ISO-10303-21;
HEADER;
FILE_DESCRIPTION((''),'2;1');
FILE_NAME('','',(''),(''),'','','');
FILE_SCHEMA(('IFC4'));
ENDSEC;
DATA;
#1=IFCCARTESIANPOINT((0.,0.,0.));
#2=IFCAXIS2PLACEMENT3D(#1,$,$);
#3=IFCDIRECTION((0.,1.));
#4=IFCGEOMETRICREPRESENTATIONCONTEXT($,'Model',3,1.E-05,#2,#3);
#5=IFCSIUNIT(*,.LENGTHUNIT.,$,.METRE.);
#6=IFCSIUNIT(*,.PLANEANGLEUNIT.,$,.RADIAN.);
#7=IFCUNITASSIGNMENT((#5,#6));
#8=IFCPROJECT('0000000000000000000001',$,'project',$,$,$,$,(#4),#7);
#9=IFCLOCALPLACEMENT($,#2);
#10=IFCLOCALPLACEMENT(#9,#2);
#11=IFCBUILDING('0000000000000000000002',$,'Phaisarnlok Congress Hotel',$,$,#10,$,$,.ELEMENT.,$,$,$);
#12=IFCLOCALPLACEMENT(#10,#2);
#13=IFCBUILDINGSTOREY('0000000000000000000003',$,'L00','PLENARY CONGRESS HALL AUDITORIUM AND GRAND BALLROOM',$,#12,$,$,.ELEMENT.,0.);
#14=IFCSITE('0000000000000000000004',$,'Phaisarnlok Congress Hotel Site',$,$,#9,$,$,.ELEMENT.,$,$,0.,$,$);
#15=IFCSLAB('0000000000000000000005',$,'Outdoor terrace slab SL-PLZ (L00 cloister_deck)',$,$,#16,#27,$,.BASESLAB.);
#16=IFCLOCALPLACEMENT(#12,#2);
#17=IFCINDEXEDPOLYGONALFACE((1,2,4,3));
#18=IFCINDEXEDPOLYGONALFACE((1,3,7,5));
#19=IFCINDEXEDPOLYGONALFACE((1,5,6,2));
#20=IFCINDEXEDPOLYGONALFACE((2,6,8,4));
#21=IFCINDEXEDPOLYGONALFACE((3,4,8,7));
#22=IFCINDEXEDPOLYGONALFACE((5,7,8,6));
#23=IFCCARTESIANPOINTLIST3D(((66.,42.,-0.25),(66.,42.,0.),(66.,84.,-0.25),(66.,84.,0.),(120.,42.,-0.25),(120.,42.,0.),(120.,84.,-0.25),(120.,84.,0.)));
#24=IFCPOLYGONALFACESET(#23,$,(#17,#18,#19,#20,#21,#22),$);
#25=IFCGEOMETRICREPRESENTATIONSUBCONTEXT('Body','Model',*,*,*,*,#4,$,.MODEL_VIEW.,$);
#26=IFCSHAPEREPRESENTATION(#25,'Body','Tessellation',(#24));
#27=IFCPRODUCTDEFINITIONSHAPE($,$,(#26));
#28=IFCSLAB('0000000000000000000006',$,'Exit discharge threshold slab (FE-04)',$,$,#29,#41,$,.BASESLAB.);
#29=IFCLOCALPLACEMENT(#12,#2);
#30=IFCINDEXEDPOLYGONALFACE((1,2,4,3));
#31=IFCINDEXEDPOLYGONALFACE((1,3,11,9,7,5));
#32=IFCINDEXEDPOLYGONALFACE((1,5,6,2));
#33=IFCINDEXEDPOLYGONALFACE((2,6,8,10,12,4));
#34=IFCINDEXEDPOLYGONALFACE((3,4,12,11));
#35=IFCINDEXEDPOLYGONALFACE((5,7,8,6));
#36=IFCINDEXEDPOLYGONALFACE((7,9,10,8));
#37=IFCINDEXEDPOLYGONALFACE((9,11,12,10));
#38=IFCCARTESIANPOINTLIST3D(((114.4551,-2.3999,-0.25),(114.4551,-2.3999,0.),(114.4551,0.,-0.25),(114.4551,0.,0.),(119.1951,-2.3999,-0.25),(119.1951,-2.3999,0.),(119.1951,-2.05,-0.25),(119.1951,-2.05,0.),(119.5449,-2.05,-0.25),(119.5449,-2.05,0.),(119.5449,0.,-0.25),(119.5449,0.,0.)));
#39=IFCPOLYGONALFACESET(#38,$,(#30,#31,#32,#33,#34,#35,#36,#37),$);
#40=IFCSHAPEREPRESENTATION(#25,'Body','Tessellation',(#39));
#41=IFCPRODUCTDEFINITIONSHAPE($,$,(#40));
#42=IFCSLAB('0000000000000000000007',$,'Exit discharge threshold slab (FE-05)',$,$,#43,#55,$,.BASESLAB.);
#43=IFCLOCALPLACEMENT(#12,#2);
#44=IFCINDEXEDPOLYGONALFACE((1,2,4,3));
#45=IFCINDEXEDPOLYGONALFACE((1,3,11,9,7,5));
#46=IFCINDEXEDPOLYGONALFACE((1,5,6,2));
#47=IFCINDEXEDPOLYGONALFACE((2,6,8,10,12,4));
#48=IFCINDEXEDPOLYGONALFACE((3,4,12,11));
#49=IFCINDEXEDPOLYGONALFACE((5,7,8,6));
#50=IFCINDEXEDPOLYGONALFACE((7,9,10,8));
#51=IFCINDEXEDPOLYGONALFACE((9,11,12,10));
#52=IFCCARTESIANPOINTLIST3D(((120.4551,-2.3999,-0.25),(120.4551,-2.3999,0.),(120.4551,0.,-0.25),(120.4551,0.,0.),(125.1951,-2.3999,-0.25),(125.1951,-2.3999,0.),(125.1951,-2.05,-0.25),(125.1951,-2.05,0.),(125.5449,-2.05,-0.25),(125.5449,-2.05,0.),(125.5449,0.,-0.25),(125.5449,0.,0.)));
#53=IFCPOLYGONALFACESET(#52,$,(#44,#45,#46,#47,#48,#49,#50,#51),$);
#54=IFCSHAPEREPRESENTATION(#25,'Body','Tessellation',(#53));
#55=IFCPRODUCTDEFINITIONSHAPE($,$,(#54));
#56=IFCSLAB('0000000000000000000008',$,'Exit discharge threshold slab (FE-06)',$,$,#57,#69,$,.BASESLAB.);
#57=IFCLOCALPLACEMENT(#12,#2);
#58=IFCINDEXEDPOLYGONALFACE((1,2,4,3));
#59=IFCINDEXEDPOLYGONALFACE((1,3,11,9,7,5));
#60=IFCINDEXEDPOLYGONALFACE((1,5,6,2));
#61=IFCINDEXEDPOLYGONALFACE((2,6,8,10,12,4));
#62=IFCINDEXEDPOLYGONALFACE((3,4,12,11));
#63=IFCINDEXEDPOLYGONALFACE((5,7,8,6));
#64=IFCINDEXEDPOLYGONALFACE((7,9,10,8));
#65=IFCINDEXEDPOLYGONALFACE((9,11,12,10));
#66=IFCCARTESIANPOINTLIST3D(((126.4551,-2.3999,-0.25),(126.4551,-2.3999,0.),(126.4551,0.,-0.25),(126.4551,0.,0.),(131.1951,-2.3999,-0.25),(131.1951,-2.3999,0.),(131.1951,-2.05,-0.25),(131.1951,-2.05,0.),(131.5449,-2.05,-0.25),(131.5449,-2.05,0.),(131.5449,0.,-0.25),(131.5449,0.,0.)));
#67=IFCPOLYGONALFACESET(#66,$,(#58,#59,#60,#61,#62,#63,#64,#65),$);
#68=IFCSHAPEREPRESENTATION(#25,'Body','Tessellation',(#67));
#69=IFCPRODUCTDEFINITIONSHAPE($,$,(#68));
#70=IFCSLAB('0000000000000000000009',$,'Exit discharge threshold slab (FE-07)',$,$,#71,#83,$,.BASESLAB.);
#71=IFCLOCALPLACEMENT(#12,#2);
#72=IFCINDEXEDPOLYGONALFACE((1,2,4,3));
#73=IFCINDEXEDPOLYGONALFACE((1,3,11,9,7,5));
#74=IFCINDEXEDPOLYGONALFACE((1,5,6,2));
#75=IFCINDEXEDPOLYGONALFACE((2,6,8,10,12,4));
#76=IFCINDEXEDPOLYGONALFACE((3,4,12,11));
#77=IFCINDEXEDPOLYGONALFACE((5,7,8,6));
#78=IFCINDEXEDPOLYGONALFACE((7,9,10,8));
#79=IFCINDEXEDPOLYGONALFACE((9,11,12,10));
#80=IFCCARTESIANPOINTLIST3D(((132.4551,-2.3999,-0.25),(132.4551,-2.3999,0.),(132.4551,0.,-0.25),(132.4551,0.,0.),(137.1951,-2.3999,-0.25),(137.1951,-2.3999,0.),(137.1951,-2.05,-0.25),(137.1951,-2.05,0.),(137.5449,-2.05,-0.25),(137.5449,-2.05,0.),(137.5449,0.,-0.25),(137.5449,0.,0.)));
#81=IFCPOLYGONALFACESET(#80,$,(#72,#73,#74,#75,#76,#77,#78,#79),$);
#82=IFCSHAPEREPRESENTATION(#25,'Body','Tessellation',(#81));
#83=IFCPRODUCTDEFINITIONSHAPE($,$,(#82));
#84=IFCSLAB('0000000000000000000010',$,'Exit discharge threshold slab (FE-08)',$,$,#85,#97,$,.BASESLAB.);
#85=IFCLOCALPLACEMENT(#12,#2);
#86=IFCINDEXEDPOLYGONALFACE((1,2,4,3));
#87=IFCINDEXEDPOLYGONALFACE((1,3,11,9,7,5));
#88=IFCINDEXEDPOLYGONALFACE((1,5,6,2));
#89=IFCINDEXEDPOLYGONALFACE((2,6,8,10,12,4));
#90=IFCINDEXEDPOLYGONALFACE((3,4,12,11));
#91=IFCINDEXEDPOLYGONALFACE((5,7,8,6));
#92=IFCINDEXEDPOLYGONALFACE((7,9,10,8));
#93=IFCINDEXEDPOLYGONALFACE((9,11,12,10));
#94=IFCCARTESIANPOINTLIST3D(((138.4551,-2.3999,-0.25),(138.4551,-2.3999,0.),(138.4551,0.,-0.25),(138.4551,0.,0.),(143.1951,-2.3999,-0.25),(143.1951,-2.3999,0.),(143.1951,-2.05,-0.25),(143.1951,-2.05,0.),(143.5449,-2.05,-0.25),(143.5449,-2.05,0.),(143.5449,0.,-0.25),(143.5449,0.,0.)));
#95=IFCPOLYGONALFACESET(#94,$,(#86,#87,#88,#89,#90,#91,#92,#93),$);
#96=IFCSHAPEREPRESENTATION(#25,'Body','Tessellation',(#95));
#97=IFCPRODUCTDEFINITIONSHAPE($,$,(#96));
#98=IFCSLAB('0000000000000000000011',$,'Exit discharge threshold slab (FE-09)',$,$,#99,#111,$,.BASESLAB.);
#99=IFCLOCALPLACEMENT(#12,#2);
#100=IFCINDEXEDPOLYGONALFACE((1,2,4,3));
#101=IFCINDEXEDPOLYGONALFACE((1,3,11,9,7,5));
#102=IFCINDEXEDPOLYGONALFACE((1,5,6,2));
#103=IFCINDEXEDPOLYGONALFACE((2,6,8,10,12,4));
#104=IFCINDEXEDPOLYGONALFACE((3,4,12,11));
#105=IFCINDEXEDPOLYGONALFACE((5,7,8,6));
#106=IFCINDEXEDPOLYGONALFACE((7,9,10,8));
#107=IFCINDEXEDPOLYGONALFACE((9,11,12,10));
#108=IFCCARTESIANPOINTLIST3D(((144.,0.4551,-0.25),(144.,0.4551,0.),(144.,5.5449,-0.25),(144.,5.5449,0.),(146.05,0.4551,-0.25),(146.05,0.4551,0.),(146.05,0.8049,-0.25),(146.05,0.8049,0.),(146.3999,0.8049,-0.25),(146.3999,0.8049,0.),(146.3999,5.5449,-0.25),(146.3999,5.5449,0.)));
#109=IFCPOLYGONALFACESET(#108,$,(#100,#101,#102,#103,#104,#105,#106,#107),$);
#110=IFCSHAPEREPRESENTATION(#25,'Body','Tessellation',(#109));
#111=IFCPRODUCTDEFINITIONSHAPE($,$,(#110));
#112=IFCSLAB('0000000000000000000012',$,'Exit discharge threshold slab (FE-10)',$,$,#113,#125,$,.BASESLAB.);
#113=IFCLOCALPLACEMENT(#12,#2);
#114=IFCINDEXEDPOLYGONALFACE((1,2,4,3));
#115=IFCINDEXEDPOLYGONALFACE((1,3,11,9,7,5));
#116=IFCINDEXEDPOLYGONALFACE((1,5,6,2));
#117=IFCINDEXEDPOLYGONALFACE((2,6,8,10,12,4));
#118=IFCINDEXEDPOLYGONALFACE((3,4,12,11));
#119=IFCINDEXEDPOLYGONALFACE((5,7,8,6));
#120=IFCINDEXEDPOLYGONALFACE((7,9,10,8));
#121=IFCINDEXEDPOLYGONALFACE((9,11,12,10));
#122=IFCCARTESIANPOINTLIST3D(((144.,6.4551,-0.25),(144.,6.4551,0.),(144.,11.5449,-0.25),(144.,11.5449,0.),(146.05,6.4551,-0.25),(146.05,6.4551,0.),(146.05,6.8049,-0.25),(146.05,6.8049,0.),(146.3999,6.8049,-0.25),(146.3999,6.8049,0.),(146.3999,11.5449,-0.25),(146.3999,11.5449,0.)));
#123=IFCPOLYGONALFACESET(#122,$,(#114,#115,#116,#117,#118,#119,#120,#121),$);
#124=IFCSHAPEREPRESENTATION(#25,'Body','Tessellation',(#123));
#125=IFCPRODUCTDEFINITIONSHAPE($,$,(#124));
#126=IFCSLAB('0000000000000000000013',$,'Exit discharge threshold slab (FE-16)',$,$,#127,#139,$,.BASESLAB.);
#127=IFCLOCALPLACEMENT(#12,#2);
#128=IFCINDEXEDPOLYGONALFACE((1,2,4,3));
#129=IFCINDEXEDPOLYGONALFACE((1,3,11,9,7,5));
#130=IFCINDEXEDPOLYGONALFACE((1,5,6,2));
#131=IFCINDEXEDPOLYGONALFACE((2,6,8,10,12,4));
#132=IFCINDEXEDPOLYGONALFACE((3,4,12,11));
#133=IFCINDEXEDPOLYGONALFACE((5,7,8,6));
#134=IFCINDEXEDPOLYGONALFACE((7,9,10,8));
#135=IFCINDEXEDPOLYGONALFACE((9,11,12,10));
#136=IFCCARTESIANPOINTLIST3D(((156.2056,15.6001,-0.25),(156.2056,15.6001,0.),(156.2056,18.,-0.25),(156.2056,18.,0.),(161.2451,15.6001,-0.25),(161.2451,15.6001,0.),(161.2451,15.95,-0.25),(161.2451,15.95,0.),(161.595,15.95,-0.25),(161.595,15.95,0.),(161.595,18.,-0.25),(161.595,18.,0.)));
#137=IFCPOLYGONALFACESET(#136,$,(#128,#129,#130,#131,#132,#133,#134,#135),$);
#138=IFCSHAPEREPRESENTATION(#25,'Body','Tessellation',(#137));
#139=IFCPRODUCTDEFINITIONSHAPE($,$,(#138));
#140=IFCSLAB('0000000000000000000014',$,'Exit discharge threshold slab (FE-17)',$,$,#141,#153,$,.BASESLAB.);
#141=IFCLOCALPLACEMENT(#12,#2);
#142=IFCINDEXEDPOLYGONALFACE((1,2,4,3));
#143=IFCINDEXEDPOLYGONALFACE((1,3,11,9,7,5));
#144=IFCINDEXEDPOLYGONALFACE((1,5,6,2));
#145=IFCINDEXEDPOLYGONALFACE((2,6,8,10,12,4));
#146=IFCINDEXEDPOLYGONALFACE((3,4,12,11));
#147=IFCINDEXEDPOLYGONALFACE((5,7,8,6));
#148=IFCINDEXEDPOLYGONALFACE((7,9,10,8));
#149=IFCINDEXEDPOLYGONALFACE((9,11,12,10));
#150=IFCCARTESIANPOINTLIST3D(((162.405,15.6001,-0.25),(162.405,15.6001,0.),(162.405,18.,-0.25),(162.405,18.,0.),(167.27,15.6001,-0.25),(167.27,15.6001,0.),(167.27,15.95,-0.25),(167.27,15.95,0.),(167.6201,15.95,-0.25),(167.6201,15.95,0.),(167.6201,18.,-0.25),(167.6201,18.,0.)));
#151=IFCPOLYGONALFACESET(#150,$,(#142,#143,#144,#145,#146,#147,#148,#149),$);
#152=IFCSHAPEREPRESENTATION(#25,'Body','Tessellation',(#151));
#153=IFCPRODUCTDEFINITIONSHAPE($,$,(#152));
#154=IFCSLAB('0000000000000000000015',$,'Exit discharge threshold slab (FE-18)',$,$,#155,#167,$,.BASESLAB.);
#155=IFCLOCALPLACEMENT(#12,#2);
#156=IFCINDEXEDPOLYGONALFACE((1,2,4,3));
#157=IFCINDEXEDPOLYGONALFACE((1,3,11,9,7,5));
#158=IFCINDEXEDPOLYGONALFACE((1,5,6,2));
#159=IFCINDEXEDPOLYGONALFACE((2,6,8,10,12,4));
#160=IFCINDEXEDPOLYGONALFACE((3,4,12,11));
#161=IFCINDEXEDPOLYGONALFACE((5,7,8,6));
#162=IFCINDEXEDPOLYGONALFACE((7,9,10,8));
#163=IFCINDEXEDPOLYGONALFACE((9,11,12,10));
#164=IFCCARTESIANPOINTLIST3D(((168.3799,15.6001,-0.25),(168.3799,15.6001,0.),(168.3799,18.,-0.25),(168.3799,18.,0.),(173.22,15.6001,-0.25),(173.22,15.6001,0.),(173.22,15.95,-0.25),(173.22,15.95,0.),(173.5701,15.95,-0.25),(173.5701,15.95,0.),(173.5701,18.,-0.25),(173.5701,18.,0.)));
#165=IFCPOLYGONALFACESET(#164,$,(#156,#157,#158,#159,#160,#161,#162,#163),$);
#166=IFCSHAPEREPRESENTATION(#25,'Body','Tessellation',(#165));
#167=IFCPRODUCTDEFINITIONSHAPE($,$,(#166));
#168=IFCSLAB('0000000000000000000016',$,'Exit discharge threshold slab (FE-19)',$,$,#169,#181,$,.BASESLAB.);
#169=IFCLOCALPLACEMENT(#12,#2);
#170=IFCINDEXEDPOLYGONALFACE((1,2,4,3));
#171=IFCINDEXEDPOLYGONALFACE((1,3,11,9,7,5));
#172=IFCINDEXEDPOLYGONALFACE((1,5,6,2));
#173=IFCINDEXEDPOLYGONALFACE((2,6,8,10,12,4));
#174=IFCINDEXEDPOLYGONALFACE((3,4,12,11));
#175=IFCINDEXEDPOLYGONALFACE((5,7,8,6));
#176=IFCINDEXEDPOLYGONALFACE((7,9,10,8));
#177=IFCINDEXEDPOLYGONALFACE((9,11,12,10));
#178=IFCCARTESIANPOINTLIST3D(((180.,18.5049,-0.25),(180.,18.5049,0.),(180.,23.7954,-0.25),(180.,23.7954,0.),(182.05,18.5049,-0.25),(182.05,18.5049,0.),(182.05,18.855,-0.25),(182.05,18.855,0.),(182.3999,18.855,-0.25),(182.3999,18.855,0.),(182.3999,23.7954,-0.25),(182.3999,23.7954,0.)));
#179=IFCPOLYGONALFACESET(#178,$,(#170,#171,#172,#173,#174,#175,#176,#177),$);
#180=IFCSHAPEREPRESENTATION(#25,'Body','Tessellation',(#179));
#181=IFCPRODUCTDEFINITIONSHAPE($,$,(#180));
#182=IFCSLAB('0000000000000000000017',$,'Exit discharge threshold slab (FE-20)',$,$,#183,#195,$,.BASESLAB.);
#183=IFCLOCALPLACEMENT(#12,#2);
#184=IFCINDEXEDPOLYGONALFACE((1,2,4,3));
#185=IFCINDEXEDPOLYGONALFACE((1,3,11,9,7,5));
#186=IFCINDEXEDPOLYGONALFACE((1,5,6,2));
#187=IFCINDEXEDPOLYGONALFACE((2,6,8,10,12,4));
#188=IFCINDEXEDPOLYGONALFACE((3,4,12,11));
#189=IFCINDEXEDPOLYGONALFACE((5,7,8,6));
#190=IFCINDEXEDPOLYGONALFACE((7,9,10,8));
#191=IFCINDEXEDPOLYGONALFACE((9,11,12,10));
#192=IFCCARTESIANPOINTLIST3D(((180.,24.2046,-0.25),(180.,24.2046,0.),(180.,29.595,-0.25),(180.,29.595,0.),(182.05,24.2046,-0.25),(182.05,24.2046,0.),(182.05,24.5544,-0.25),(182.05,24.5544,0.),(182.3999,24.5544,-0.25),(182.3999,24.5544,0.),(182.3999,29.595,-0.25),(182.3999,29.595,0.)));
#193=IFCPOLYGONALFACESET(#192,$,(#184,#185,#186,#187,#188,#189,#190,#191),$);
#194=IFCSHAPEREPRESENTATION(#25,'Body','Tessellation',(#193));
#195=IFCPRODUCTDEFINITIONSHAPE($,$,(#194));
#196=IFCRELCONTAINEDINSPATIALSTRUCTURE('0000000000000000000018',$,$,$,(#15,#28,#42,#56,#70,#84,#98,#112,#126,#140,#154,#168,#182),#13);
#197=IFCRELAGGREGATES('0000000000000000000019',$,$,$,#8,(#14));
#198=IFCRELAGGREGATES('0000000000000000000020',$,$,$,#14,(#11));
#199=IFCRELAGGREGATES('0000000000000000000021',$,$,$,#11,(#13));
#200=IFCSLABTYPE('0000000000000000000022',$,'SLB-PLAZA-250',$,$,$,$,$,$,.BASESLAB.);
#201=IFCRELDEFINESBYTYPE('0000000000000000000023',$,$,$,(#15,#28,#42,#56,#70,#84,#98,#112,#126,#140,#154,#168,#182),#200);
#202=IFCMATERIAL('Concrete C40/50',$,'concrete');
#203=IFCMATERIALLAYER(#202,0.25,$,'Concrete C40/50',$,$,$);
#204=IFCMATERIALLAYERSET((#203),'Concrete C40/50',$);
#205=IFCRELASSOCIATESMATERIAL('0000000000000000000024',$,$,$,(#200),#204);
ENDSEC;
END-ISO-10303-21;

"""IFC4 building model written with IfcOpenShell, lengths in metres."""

from ifc_helpers import new_model, si_unit, direction, frame, origin, place, context, subcontext, project, spatial, polyline, outline, extrude, material, layer, layer_set, type_object, element, save


model = new_model("IFC4")

# Units and contexts
model_context = context("Model", 3, precision=1e-05, world=origin(), true_north=direction((0.0, 1.0)))
body_context = subcontext(model_context, "Body", "Model", "MODEL_VIEW")
ifc_project = project(units=[si_unit("LENGTHUNIT", "METRE"), si_unit("PLANEANGLEUNIT", "RADIAN")], contexts=[model_context])

# Site, building, storey
site_placement = place(None, origin())
site = spatial("IfcSite", under=ifc_project, at=site_placement, Name="Phaisarnlok Congress Hotel Site", CompositionType="ELEMENT", RefElevation=0.0)
building_placement = place(site_placement, origin())
building = spatial("IfcBuilding", under=site, at=building_placement, Name="Phaisarnlok Congress Hotel", CompositionType="ELEMENT")
storey_placement = place(building_placement, origin())
storey = spatial("IfcBuildingStorey", under=building, at=storey_placement, Name="L00", Description="PLENARY CONGRESS HALL AUDITORIUM AND GRAND BALLROOM", CompositionType="ELEMENT", Elevation=0.0)

# Slabs
ifc_material = material(Name="Concrete C40/50", Category="concrete")
ifc_layer_1 = layer(ifc_material, 0.25, Name="Concrete C40/50")
ifc_layer_set_1 = layer_set([ifc_layer_1], Name="Concrete C40/50")
slab_type_1 = type_object("IfcSlabType", Name="SLB-PLAZA-250", PredefinedType="BASESLAB", material=ifc_layer_set_1)
slab_1_placement = place(storey_placement, frame((0.0, 0.0, -0.25)))
element("IfcSlab", 1, at=slab_1_placement, inside=storey, type_object=slab_type_1, Name="Outdoor terrace slab SL-PLZ (L00 cloister_deck)", PredefinedType="BASESLAB", context=body_context, shape_type="SweptSolid", body=[
    extrude(outline(polyline([(66.0, 42.0), (120.0, 42.0), (120.0, 84.0), (66.0, 84.0), (66.0, 42.0)])), origin(), (0.0, 0.0, 1.0), 0.25),
])
slab_2_placement = place(storey_placement, frame((0.0, 0.0, -0.25)))
element("IfcSlab", 2, at=slab_2_placement, inside=storey, type_object=slab_type_1, Name="Exit discharge threshold slab (FE-04)", PredefinedType="BASESLAB", context=body_context, shape_type="SweptSolid", body=[
    extrude(outline(polyline([(114.4551, -2.3999), (119.1951, -2.3999), (119.1951, -2.05), (119.5449, -2.05), (119.5449, 0.0), (114.4551, 0.0), (114.4551, -2.3999)])), origin(), (0.0, 0.0, 1.0), 0.25),
])
slab_3_placement = place(storey_placement, frame((0.0, 0.0, -0.25)))
element("IfcSlab", 3, at=slab_3_placement, inside=storey, type_object=slab_type_1, Name="Exit discharge threshold slab (FE-05)", PredefinedType="BASESLAB", context=body_context, shape_type="SweptSolid", body=[
    extrude(outline(polyline([(120.4551, -2.3999), (125.1951, -2.3999), (125.1951, -2.05), (125.5449, -2.05), (125.5449, 0.0), (120.4551, 0.0), (120.4551, -2.3999)])), origin(), (0.0, 0.0, 1.0), 0.25),
])
slab_4_placement = place(storey_placement, frame((0.0, 0.0, -0.25)))
element("IfcSlab", 4, at=slab_4_placement, inside=storey, type_object=slab_type_1, Name="Exit discharge threshold slab (FE-06)", PredefinedType="BASESLAB", context=body_context, shape_type="SweptSolid", body=[
    extrude(outline(polyline([(126.4551, -2.3999), (131.1951, -2.3999), (131.1951, -2.05), (131.5449, -2.05), (131.5449, 0.0), (126.4551, 0.0), (126.4551, -2.3999)])), origin(), (0.0, 0.0, 1.0), 0.25),
])
slab_5_placement = place(storey_placement, frame((0.0, 0.0, -0.25)))
element("IfcSlab", 5, at=slab_5_placement, inside=storey, type_object=slab_type_1, Name="Exit discharge threshold slab (FE-07)", PredefinedType="BASESLAB", context=body_context, shape_type="SweptSolid", body=[
    extrude(outline(polyline([(132.4551, -2.3999), (137.1951, -2.3999), (137.1951, -2.05), (137.5449, -2.05), (137.5449, 0.0), (132.4551, 0.0), (132.4551, -2.3999)])), origin(), (0.0, 0.0, 1.0), 0.25),
])
slab_6_placement = place(storey_placement, frame((0.0, 0.0, -0.25)))
element("IfcSlab", 6, at=slab_6_placement, inside=storey, type_object=slab_type_1, Name="Exit discharge threshold slab (FE-08)", PredefinedType="BASESLAB", context=body_context, shape_type="SweptSolid", body=[
    extrude(outline(polyline([(138.4551, -2.3999), (143.1951, -2.3999), (143.1951, -2.05), (143.5449, -2.05), (143.5449, 0.0), (138.4551, 0.0), (138.4551, -2.3999)])), origin(), (0.0, 0.0, 1.0), 0.25),
])
slab_7_placement = place(storey_placement, frame((0.0, 0.0, -0.25)))
element("IfcSlab", 7, at=slab_7_placement, inside=storey, type_object=slab_type_1, Name="Exit discharge threshold slab (FE-09)", PredefinedType="BASESLAB", context=body_context, shape_type="SweptSolid", body=[
    extrude(outline(polyline([(144.0, 0.4551), (146.05, 0.4551), (146.05, 0.8049), (146.3999, 0.8049), (146.3999, 5.5449), (144.0, 5.5449), (144.0, 0.4551)])), origin(), (0.0, 0.0, 1.0), 0.25),
])
slab_8_placement = place(storey_placement, frame((0.0, 0.0, -0.25)))
element("IfcSlab", 8, at=slab_8_placement, inside=storey, type_object=slab_type_1, Name="Exit discharge threshold slab (FE-10)", PredefinedType="BASESLAB", context=body_context, shape_type="SweptSolid", body=[
    extrude(outline(polyline([(144.0, 6.4551), (146.05, 6.4551), (146.05, 6.8049), (146.3999, 6.8049), (146.3999, 11.5449), (144.0, 11.5449), (144.0, 6.4551)])), origin(), (0.0, 0.0, 1.0), 0.25),
])
slab_9_placement = place(storey_placement, frame((0.0, 0.0, -0.25)))
element("IfcSlab", 9, at=slab_9_placement, inside=storey, type_object=slab_type_1, Name="Exit discharge threshold slab (FE-16)", PredefinedType="BASESLAB", context=body_context, shape_type="SweptSolid", body=[
    extrude(outline(polyline([(156.2056, 15.6001), (161.2451, 15.6001), (161.2451, 15.95), (161.595, 15.95), (161.595, 18.0), (156.2056, 18.0), (156.2056, 15.6001)])), origin(), (0.0, 0.0, 1.0), 0.25),
])
slab_10_placement = place(storey_placement, frame((0.0, 0.0, -0.25)))
element("IfcSlab", 10, at=slab_10_placement, inside=storey, type_object=slab_type_1, Name="Exit discharge threshold slab (FE-17)", PredefinedType="BASESLAB", context=body_context, shape_type="SweptSolid", body=[
    extrude(outline(polyline([(162.405, 15.6001), (167.27, 15.6001), (167.27, 15.95), (167.6201, 15.95), (167.6201, 18.0), (162.405, 18.0), (162.405, 15.6001)])), origin(), (0.0, 0.0, 1.0), 0.25),
])
slab_11_placement = place(storey_placement, frame((0.0, 0.0, -0.25)))
element("IfcSlab", 11, at=slab_11_placement, inside=storey, type_object=slab_type_1, Name="Exit discharge threshold slab (FE-18)", PredefinedType="BASESLAB", context=body_context, shape_type="SweptSolid", body=[
    extrude(outline(polyline([(168.3799, 15.6001), (173.22, 15.6001), (173.22, 15.95), (173.5701, 15.95), (173.5701, 18.0), (168.3799, 18.0), (168.3799, 15.6001)])), origin(), (0.0, 0.0, 1.0), 0.25),
])
slab_12_placement = place(storey_placement, frame((0.0, 0.0, -0.25)))
element("IfcSlab", 12, at=slab_12_placement, inside=storey, type_object=slab_type_1, Name="Exit discharge threshold slab (FE-19)", PredefinedType="BASESLAB", context=body_context, shape_type="SweptSolid", body=[
    extrude(outline(polyline([(180.0, 18.5049), (182.05, 18.5049), (182.05, 18.855), (182.3999, 18.855), (182.3999, 23.7954), (180.0, 23.7954), (180.0, 18.5049)])), origin(), (0.0, 0.0, 1.0), 0.25),
])
slab_13_placement = place(storey_placement, frame((0.0, 0.0, -0.25)))
element("IfcSlab", 13, at=slab_13_placement, inside=storey, type_object=slab_type_1, Name="Exit discharge threshold slab (FE-20)", PredefinedType="BASESLAB", context=body_context, shape_type="SweptSolid", body=[
    extrude(outline(polyline([(180.0, 24.2046), (182.05, 24.2046), (182.05, 24.5544), (182.3999, 24.5544), (182.3999, 29.595), (180.0, 29.595), (180.0, 24.2046)])), origin(), (0.0, 0.0, 1.0), 0.25),
])

save(model, "model.ifc")
